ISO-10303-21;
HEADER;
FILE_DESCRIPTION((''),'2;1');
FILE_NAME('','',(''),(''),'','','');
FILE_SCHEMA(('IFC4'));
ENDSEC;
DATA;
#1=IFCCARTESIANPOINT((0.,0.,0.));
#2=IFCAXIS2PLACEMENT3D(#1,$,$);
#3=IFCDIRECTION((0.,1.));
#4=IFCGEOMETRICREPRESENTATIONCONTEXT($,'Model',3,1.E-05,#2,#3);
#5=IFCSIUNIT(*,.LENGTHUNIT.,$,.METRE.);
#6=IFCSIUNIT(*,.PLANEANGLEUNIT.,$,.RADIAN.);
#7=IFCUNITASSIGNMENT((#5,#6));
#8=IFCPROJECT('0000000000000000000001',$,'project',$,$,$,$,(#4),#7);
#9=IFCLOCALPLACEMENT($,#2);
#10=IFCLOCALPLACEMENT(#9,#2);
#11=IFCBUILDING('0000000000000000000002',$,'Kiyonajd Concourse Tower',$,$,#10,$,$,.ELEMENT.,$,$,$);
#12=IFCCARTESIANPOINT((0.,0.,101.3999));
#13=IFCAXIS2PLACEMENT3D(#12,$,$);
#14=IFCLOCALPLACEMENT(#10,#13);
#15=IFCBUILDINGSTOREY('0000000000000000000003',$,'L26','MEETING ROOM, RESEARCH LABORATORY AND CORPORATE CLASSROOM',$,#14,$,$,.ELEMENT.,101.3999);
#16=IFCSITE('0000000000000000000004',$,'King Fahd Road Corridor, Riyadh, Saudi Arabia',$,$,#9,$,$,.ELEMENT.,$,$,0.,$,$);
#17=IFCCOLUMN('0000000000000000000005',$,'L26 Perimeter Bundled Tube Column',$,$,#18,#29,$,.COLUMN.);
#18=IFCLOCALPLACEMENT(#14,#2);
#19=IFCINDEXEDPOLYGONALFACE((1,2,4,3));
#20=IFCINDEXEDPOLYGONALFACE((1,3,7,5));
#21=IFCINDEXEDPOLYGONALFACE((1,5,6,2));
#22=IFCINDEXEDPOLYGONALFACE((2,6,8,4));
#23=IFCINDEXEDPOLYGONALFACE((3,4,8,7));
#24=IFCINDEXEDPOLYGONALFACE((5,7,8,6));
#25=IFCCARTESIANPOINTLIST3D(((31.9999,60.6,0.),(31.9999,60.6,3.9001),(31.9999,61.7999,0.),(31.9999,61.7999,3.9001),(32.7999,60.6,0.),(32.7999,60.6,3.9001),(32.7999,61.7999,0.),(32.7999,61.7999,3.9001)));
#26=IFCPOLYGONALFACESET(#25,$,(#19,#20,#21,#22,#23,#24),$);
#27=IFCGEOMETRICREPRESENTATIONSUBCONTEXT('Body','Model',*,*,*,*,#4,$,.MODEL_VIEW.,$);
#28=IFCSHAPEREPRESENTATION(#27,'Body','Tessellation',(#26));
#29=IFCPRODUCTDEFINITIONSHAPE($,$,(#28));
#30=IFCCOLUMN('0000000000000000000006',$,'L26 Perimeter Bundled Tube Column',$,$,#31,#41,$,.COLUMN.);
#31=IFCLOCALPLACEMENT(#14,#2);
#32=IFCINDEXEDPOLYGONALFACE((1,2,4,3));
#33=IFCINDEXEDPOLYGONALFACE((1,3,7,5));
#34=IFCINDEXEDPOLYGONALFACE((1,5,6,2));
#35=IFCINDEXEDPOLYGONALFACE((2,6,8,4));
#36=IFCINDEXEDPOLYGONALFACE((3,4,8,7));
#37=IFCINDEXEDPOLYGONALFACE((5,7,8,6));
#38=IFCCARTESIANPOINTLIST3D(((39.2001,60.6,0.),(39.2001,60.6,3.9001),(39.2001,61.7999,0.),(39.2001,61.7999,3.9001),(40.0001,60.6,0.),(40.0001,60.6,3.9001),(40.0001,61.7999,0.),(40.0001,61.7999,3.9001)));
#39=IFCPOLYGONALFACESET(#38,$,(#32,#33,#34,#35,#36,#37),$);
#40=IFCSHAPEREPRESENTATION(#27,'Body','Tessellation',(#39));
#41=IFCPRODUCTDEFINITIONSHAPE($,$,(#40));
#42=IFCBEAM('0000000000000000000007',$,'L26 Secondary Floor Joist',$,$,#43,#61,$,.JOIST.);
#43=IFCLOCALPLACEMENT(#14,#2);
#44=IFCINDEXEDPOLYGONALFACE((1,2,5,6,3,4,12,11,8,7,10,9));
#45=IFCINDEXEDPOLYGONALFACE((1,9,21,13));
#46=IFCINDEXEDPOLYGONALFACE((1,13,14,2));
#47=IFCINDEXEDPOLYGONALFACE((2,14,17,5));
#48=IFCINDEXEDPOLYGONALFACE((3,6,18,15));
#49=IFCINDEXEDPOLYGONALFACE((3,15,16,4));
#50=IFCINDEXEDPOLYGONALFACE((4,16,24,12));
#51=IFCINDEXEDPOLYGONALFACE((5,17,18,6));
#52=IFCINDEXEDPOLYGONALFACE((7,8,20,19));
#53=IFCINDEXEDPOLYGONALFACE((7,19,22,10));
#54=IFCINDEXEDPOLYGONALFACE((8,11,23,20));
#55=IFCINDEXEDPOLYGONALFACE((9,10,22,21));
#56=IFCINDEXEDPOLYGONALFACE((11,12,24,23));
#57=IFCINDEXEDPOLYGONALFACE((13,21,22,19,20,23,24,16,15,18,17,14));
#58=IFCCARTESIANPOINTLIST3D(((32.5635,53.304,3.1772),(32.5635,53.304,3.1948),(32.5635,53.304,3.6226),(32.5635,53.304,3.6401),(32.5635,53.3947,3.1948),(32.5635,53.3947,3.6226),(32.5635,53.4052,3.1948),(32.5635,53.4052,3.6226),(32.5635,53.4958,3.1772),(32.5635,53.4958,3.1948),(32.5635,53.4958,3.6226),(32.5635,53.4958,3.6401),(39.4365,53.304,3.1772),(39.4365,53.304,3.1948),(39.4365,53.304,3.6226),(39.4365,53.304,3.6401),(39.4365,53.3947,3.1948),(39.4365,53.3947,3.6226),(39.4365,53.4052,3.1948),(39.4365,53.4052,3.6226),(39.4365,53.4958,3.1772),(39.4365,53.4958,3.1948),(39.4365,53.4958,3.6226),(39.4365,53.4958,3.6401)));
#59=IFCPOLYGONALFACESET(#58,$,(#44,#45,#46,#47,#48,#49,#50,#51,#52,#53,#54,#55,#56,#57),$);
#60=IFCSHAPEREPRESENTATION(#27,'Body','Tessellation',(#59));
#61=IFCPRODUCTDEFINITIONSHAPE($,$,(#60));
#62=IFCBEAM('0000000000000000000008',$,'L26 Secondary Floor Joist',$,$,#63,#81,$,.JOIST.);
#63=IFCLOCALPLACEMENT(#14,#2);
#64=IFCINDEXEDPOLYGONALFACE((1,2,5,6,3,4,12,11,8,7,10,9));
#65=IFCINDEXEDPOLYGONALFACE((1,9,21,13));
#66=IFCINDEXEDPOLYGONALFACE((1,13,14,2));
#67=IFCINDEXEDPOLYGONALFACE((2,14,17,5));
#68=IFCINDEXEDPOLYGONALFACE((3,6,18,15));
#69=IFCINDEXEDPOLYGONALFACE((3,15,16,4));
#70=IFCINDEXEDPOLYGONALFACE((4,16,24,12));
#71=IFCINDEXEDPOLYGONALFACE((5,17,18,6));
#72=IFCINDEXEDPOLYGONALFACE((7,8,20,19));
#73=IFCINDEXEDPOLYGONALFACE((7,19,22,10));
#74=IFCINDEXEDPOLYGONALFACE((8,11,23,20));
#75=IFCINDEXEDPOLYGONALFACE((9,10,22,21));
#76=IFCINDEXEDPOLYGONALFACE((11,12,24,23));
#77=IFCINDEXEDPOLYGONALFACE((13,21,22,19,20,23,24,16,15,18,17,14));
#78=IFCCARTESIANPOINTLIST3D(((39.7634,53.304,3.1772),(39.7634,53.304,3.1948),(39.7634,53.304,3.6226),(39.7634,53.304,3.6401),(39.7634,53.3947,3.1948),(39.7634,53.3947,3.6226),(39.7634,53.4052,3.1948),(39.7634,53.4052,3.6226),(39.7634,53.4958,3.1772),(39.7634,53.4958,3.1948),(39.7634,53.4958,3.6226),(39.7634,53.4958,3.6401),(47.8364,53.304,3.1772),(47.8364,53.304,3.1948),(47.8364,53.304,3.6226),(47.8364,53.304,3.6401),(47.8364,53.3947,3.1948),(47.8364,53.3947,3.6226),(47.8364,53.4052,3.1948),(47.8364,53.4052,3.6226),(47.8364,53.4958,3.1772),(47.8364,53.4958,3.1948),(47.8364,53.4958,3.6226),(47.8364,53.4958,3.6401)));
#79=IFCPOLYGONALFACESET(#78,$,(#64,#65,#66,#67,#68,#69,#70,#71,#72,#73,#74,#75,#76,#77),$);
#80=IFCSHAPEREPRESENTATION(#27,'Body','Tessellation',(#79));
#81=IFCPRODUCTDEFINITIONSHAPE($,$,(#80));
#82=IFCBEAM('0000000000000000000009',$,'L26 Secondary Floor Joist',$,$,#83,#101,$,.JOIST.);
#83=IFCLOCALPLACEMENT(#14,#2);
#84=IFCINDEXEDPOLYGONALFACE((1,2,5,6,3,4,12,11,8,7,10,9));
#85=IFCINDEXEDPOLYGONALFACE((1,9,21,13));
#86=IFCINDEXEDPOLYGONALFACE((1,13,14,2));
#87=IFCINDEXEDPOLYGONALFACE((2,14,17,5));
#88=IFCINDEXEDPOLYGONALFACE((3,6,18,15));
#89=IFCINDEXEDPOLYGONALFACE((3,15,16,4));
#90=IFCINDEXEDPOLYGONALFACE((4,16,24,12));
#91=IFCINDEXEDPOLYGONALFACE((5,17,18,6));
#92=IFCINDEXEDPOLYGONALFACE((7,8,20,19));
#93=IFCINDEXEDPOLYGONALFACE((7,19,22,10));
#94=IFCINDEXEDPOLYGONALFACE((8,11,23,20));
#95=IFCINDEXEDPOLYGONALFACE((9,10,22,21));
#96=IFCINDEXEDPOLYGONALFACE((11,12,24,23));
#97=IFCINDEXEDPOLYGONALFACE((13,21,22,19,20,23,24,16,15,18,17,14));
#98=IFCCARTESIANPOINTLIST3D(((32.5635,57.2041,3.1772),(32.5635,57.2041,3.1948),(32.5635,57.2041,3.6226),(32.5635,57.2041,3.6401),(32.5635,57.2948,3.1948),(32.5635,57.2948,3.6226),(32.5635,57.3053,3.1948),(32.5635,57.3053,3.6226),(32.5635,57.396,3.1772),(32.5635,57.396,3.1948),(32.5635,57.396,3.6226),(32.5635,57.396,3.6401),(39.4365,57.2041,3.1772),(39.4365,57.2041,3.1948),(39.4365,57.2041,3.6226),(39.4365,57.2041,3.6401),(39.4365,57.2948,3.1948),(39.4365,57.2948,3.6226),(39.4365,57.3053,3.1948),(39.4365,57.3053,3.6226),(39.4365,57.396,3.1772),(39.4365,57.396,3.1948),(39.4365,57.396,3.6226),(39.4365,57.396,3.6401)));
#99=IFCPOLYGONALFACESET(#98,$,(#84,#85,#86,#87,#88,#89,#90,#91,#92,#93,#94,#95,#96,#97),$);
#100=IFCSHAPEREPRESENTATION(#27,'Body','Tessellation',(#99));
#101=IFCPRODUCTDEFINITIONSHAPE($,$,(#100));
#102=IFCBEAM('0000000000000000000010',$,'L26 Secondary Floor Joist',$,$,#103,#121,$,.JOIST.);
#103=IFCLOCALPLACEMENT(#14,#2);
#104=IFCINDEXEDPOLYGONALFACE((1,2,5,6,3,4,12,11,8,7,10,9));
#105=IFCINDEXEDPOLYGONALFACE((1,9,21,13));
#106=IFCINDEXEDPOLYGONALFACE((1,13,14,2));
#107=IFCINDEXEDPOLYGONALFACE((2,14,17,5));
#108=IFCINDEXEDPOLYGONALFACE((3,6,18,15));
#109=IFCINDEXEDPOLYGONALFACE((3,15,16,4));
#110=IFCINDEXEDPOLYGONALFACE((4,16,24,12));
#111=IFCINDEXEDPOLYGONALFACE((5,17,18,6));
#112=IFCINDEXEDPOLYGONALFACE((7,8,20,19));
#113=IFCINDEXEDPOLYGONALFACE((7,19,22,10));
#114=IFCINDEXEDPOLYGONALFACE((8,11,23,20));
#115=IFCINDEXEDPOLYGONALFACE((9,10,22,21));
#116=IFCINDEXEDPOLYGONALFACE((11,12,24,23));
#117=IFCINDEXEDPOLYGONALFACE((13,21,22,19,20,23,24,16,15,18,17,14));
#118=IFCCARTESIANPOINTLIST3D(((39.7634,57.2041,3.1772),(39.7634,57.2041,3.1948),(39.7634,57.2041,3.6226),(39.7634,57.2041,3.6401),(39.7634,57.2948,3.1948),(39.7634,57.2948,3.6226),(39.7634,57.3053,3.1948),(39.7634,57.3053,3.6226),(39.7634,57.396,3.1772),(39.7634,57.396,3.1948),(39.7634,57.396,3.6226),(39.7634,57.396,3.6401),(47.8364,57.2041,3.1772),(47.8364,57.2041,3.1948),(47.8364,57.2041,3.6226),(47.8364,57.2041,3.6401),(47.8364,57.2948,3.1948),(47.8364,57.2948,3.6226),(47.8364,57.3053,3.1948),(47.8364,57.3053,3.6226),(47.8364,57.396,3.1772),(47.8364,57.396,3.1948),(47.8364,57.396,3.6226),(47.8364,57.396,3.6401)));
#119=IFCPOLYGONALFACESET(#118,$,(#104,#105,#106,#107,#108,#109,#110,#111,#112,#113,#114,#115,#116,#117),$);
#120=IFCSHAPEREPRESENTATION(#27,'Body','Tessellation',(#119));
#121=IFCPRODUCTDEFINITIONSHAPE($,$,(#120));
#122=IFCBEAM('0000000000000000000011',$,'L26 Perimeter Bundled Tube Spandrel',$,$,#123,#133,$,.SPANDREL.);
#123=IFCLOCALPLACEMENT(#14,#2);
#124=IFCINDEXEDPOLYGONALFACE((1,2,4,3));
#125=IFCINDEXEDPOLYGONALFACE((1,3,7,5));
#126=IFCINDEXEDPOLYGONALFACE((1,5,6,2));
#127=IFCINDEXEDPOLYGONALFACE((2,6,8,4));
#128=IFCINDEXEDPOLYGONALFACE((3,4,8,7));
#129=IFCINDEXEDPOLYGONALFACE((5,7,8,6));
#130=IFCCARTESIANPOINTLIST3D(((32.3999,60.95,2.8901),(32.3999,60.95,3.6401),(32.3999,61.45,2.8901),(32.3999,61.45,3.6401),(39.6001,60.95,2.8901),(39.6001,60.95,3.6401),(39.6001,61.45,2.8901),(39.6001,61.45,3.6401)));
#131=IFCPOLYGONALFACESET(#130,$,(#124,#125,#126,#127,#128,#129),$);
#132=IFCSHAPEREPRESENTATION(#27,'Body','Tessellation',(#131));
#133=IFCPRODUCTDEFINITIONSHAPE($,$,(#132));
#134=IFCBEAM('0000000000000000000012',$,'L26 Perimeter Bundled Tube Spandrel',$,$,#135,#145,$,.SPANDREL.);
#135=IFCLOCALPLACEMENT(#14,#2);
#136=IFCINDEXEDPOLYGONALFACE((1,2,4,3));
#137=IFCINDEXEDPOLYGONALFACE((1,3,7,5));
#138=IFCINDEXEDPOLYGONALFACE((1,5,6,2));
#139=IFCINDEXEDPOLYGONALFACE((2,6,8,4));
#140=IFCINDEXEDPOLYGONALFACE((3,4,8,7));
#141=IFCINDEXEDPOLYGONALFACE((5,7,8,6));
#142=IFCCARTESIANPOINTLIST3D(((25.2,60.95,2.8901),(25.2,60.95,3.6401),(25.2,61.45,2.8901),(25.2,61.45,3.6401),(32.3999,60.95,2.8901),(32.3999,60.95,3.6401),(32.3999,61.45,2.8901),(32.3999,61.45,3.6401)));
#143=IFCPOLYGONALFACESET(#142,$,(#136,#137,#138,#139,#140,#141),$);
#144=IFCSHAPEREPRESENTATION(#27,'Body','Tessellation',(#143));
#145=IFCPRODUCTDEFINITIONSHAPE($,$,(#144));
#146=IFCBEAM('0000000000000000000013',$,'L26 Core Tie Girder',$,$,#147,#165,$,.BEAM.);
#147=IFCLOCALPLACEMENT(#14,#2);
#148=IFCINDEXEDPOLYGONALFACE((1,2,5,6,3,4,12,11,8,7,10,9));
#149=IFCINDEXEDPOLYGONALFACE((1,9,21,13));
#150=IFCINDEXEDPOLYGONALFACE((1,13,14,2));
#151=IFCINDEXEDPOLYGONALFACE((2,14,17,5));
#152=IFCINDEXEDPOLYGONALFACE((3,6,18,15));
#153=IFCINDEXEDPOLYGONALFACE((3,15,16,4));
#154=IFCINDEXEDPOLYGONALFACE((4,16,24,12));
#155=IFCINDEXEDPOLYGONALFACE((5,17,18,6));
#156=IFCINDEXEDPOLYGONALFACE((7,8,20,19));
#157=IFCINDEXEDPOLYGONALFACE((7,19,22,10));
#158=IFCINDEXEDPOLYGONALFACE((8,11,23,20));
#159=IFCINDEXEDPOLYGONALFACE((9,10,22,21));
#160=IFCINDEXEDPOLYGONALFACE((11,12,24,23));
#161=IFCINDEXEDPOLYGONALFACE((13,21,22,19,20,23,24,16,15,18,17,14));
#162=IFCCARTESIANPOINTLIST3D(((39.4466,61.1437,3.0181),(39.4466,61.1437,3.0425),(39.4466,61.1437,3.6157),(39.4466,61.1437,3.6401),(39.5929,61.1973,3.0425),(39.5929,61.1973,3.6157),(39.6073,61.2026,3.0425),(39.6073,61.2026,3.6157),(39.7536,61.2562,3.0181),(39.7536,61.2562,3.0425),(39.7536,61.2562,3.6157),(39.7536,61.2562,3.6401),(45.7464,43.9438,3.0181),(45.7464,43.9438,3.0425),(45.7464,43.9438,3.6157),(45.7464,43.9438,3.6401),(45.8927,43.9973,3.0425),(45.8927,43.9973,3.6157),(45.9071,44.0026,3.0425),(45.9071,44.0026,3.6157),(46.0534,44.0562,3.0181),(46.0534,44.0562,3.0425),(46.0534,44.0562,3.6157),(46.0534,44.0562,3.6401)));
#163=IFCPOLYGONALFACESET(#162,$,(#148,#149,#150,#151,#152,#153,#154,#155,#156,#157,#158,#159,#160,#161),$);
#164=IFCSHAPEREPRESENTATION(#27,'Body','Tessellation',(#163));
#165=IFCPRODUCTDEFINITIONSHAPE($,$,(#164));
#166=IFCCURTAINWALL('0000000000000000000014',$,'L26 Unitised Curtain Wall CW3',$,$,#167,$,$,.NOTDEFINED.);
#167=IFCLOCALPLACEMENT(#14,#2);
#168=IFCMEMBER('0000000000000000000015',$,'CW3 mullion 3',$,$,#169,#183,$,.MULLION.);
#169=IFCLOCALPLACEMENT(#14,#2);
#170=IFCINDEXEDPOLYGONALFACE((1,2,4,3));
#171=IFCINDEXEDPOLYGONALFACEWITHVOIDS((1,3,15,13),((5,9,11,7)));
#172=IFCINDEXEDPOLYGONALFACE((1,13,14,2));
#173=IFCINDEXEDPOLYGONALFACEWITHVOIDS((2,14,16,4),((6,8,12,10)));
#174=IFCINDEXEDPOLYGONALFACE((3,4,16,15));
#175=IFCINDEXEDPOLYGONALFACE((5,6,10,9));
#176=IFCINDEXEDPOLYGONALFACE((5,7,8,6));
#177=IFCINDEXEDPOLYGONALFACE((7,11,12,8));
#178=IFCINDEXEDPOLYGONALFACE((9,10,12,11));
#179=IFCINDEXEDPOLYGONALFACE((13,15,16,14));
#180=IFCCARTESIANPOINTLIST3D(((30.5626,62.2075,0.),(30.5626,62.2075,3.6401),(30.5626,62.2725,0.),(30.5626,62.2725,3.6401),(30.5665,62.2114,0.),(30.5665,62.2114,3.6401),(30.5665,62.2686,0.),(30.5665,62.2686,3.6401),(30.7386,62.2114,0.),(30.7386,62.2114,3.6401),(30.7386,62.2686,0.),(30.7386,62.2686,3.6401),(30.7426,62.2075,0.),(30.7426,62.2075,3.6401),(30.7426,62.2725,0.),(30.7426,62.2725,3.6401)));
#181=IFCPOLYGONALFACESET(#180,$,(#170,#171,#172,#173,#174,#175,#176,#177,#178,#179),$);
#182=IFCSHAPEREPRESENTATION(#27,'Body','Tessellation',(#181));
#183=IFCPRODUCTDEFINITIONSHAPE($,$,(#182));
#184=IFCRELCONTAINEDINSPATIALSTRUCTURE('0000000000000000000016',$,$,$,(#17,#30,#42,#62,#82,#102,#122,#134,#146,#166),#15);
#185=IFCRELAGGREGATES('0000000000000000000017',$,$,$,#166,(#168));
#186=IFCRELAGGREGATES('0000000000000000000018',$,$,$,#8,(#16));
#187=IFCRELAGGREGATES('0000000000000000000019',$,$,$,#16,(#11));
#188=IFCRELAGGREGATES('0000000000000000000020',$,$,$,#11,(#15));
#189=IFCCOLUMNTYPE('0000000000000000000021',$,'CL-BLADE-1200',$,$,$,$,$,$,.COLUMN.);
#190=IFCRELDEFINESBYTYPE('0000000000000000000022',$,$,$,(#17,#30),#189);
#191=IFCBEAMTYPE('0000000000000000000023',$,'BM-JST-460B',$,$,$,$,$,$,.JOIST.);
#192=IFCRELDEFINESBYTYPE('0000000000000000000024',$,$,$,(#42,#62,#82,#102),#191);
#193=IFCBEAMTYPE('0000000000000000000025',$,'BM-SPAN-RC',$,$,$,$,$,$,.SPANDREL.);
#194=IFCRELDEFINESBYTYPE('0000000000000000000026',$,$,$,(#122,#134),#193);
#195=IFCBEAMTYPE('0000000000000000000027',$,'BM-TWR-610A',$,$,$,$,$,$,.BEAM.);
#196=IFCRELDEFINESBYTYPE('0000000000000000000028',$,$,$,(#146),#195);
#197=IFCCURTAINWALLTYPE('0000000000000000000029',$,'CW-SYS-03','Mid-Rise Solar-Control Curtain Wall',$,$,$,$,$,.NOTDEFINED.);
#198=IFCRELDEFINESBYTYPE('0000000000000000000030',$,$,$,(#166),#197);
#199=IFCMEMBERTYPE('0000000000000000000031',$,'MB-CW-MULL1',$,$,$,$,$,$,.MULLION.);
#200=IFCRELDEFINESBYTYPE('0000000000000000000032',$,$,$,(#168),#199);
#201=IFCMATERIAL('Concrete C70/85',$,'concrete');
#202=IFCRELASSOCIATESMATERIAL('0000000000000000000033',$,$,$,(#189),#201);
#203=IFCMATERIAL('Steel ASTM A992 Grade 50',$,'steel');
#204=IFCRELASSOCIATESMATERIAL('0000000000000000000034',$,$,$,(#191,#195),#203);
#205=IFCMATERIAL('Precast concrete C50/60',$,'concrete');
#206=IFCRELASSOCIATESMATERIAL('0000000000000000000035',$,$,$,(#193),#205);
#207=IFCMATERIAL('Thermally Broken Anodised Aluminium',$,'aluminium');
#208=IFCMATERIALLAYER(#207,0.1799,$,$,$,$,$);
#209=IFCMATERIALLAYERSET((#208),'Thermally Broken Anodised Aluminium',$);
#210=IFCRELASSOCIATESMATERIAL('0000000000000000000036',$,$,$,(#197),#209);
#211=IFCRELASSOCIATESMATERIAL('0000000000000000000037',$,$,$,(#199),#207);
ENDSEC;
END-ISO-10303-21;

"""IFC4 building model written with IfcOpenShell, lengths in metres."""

from ifc_helpers import new_model, si_unit, direction, frame, origin, origin_2d, place, context, subcontext, project, spatial, rectangle, hollow_rectangle, i_section, extrude, material, layer, layer_set, material_profile, profile_set, type_object, element, aggregate, save


model = new_model("IFC4")

# Units and contexts
model_context = context("Model", 3, precision=1e-05, world=origin(), true_north=direction((0.0, 1.0)))
body_context = subcontext(model_context, "Body", "Model", "MODEL_VIEW")
ifc_project = project(units=[si_unit("LENGTHUNIT", "METRE"), si_unit("PLANEANGLEUNIT", "RADIAN")], contexts=[model_context])

# Site, building, storey
site_placement = place(None, origin())
site = spatial("IfcSite", under=ifc_project, at=site_placement, Name="King Fahd Road Corridor, Riyadh, Saudi Arabia", CompositionType="ELEMENT", RefElevation=0.0)
building_placement = place(site_placement, origin())
building = spatial("IfcBuilding", under=site, at=building_placement, Name="Kiyonajd Concourse Tower", CompositionType="ELEMENT")
storey_placement = place(building_placement, frame((0.0, 0.0, 101.3999)))
storey = spatial("IfcBuildingStorey", under=building, at=storey_placement, Name="L26", Description="MEETING ROOM, RESEARCH LABORATORY AND CORPORATE CLASSROOM", CompositionType="ELEMENT", Elevation=101.3999)

# Columns
ifc_material_1 = material(Name="Concrete C70/85", Category="concrete")
ifc_material_profile_1 = material_profile(ifc_material_1, rectangle(XDim=0.8, YDim=1.2, at=origin_2d()), Name="RC-1200x800")
ifc_profile_set_1 = profile_set([ifc_material_profile_1], Name="Concrete C70/85")
column_type = type_object("IfcColumnType", Name="CL-BLADE-1200", PredefinedType="COLUMN", material=ifc_profile_set_1)
for number, where, z_axis, x_axis, name in (
    (1, (32.3999, 61.2, 0.0), (0.0, 0.0, 1.0), (1.0, 0.0, 0.0), "L26 Perimeter Bundled Tube Column"),
    (2, (39.6001, 61.2, 0.0), (0.0, 0.0, 1.0), (1.0, 0.0, 0.0), "L26 Perimeter Bundled Tube Column"),
):
    element("IfcColumn", number, at=place(storey_placement, frame(where, z_axis=z_axis, x_axis=x_axis)), inside=storey, type_object=column_type, Name=name, PredefinedType="COLUMN", context=body_context, shape_type="SweptSolid", body=[
        extrude(rectangle(XDim=0.8, YDim=1.2, at=origin_2d()), origin(), (0.0, 0.0, 1.0), 3.9001),
    ])

# Beams
ifc_material_2 = material(Name="Steel ASTM A992 Grade 50", Category="steel")
ifc_material_profile_2 = material_profile(ifc_material_2, i_section(OverallWidth=0.1919, OverallDepth=0.4629, WebThickness=0.0105, FlangeThickness=0.0176, at=origin_2d()), Name="W460X89")
ifc_profile_set_2 = profile_set([ifc_material_profile_2], Name="Steel ASTM A992 Grade 50")
beam_type_1 = type_object("IfcBeamType", Name="BM-JST-460B", PredefinedType="JOIST", material=ifc_profile_set_2)
beam_1_placement = place(storey_placement, frame((32.5635, 53.3999, 3.4087), z_axis=(1.0, 0.0, 0.0), x_axis=(0.0, 1.0, 0.0)))
element("IfcBeam", 3, at=beam_1_placement, inside=storey, type_object=beam_type_1, Name="L26 Secondary Floor Joist", PredefinedType="JOIST", context=body_context, shape_type="SweptSolid", body=[
    extrude(i_section(OverallWidth=0.1919, OverallDepth=0.4629, WebThickness=0.0105, FlangeThickness=0.0176, at=origin_2d()), origin(), (0.0, 0.0, 1.0), 6.873),
])
beam_2_placement = place(storey_placement, frame((39.7634, 53.3999, 3.4087), z_axis=(1.0, 0.0, 0.0), x_axis=(0.0, 1.0, 0.0)))
element("IfcBeam", 4, at=beam_2_placement, inside=storey, type_object=beam_type_1, Name="L26 Secondary Floor Joist", PredefinedType="JOIST", context=body_context, shape_type="SweptSolid", body=[
    extrude(i_section(OverallWidth=0.1919, OverallDepth=0.4629, WebThickness=0.0105, FlangeThickness=0.0176, at=origin_2d()), origin(), (0.0, 0.0, 1.0), 8.073),
])
beam_3_placement = place(storey_placement, frame((32.5635, 57.3, 3.4087), z_axis=(1.0, 0.0, 0.0), x_axis=(0.0, 1.0, 0.0)))
element("IfcBeam", 5, at=beam_3_placement, inside=storey, type_object=beam_type_1, Name="L26 Secondary Floor Joist", PredefinedType="JOIST", context=body_context, shape_type="SweptSolid", body=[
    extrude(i_section(OverallWidth=0.1919, OverallDepth=0.4629, WebThickness=0.0105, FlangeThickness=0.0176, at=origin_2d()), origin(), (0.0, 0.0, 1.0), 6.873),
])
beam_4_placement = place(storey_placement, frame((39.7634, 57.3, 3.4087), z_axis=(1.0, 0.0, 0.0), x_axis=(0.0, 1.0, 0.0)))
element("IfcBeam", 6, at=beam_4_placement, inside=storey, type_object=beam_type_1, Name="L26 Secondary Floor Joist", PredefinedType="JOIST", context=body_context, shape_type="SweptSolid", body=[
    extrude(i_section(OverallWidth=0.1919, OverallDepth=0.4629, WebThickness=0.0105, FlangeThickness=0.0176, at=origin_2d()), origin(), (0.0, 0.0, 1.0), 8.073),
])
ifc_material_3 = material(Name="Precast concrete C50/60", Category="concrete")
ifc_material_profile_3 = material_profile(ifc_material_3, rectangle(XDim=0.5, YDim=0.75, at=origin_2d()), Name="RCBM-500x750")
ifc_profile_set_3 = profile_set([ifc_material_profile_3], Name="Precast concrete C50/60")
beam_type_2 = type_object("IfcBeamType", Name="BM-SPAN-RC", PredefinedType="SPANDREL", material=ifc_profile_set_3)
beam_5_placement = place(storey_placement, frame((39.6001, 61.2, 3.2651), z_axis=(-1.0, 0.0, 0.0), x_axis=(0.0, -1.0, 0.0)))
element("IfcBeam", 7, at=beam_5_placement, inside=storey, type_object=beam_type_2, Name="L26 Perimeter Bundled Tube Spandrel", PredefinedType="SPANDREL", context=body_context, shape_type="SweptSolid", body=[
    extrude(rectangle(XDim=0.5, YDim=0.75, at=origin_2d()), origin(), (0.0, 0.0, 1.0), 7.2002),
])
beam_6_placement = place(storey_placement, frame((32.3999, 61.2, 3.2651), z_axis=(-1.0, 0.0, 0.0), x_axis=(0.0, -1.0, 0.0)))
element("IfcBeam", 8, at=beam_6_placement, inside=storey, type_object=beam_type_2, Name="L26 Perimeter Bundled Tube Spandrel", PredefinedType="SPANDREL", context=body_context, shape_type="SweptSolid", body=[
    extrude(rectangle(XDim=0.5, YDim=0.75, at=origin_2d()), origin(), (0.0, 0.0, 1.0), 7.2),
])
ifc_material_profile_4 = material_profile(ifc_material_2, i_section(OverallWidth=0.3269, OverallDepth=0.6221, WebThickness=0.0154, FlangeThickness=0.0244, at=origin_2d()), Name="W610X195")
ifc_profile_set_4 = profile_set([ifc_material_profile_4], Name="Steel ASTM A992 Grade 50")
beam_type_3 = type_object("IfcBeamType", Name="BM-TWR-610A", PredefinedType="BEAM", material=ifc_profile_set_4)
beam_7_placement = place(storey_placement, frame((39.6001, 61.2, 3.3291), z_axis=(0.343925, -0.938997, 0.0), x_axis=(0.938997, 0.343925, 0.0)))
element("IfcBeam", 9, at=beam_7_placement, inside=storey, type_object=beam_type_3, Name="L26 Core Tie Girder", PredefinedType="BEAM", context=body_context, shape_type="SweptSolid", body=[
    extrude(i_section(OverallWidth=0.3269, OverallDepth=0.6221, WebThickness=0.0154, FlangeThickness=0.0244, at=origin_2d()), origin(), (0.0, 0.0, 1.0), 18.3174),
])

# Curtain wall, member
ifc_material_4 = material(Name="Thermally Broken Anodised Aluminium", Category="aluminium")
ifc_layer_1 = layer(ifc_material_4, 0.1799)
ifc_layer_set_1 = layer_set([ifc_layer_1], Name="Thermally Broken Anodised Aluminium")
curtain_wall_type = type_object("IfcCurtainWallType", Name="CW-SYS-03", Description="Mid-Rise Solar-Control Curtain Wall", PredefinedType="NOTDEFINED", material=ifc_layer_set_1)
curtain_wall_placement = place(storey_placement, origin())
curtain_wall = element("IfcCurtainWall", 10, at=curtain_wall_placement, inside=storey, type_object=curtain_wall_type, Name="L26 Unitised Curtain Wall CW3", PredefinedType="NOTDEFINED")
ifc_material_profile_5 = material_profile(ifc_material_4, hollow_rectangle(XDim=0.0649, YDim=0.1799, WallThickness=0.0039, at=origin_2d()), Name="MULL-65x180")
ifc_profile_set_5 = profile_set([ifc_material_profile_5], Name="Thermally Broken Anodised Aluminium")
member_type_1 = type_object("IfcMemberType", Name="MB-CW-MULL1", PredefinedType="MULLION", material=ifc_profile_set_5)
member_1_placement = place(storey_placement, frame((30.6526, 62.24, 0.0), z_axis=(0.0, 0.0, 1.0), x_axis=(0.0, 1.0, 0.0)))
member_1 = element("IfcMember", 11, at=member_1_placement, type_object=member_type_1, Name="CW3 mullion 3", PredefinedType="MULLION", context=body_context, shape_type="SweptSolid", body=[
    extrude(hollow_rectangle(XDim=0.0649, YDim=0.1799, WallThickness=0.0039, at=origin_2d()), origin(), (0.0, 0.0, 1.0), 3.6401),
])
aggregate(curtain_wall, [member_1])

save(model, "model.ifc")
